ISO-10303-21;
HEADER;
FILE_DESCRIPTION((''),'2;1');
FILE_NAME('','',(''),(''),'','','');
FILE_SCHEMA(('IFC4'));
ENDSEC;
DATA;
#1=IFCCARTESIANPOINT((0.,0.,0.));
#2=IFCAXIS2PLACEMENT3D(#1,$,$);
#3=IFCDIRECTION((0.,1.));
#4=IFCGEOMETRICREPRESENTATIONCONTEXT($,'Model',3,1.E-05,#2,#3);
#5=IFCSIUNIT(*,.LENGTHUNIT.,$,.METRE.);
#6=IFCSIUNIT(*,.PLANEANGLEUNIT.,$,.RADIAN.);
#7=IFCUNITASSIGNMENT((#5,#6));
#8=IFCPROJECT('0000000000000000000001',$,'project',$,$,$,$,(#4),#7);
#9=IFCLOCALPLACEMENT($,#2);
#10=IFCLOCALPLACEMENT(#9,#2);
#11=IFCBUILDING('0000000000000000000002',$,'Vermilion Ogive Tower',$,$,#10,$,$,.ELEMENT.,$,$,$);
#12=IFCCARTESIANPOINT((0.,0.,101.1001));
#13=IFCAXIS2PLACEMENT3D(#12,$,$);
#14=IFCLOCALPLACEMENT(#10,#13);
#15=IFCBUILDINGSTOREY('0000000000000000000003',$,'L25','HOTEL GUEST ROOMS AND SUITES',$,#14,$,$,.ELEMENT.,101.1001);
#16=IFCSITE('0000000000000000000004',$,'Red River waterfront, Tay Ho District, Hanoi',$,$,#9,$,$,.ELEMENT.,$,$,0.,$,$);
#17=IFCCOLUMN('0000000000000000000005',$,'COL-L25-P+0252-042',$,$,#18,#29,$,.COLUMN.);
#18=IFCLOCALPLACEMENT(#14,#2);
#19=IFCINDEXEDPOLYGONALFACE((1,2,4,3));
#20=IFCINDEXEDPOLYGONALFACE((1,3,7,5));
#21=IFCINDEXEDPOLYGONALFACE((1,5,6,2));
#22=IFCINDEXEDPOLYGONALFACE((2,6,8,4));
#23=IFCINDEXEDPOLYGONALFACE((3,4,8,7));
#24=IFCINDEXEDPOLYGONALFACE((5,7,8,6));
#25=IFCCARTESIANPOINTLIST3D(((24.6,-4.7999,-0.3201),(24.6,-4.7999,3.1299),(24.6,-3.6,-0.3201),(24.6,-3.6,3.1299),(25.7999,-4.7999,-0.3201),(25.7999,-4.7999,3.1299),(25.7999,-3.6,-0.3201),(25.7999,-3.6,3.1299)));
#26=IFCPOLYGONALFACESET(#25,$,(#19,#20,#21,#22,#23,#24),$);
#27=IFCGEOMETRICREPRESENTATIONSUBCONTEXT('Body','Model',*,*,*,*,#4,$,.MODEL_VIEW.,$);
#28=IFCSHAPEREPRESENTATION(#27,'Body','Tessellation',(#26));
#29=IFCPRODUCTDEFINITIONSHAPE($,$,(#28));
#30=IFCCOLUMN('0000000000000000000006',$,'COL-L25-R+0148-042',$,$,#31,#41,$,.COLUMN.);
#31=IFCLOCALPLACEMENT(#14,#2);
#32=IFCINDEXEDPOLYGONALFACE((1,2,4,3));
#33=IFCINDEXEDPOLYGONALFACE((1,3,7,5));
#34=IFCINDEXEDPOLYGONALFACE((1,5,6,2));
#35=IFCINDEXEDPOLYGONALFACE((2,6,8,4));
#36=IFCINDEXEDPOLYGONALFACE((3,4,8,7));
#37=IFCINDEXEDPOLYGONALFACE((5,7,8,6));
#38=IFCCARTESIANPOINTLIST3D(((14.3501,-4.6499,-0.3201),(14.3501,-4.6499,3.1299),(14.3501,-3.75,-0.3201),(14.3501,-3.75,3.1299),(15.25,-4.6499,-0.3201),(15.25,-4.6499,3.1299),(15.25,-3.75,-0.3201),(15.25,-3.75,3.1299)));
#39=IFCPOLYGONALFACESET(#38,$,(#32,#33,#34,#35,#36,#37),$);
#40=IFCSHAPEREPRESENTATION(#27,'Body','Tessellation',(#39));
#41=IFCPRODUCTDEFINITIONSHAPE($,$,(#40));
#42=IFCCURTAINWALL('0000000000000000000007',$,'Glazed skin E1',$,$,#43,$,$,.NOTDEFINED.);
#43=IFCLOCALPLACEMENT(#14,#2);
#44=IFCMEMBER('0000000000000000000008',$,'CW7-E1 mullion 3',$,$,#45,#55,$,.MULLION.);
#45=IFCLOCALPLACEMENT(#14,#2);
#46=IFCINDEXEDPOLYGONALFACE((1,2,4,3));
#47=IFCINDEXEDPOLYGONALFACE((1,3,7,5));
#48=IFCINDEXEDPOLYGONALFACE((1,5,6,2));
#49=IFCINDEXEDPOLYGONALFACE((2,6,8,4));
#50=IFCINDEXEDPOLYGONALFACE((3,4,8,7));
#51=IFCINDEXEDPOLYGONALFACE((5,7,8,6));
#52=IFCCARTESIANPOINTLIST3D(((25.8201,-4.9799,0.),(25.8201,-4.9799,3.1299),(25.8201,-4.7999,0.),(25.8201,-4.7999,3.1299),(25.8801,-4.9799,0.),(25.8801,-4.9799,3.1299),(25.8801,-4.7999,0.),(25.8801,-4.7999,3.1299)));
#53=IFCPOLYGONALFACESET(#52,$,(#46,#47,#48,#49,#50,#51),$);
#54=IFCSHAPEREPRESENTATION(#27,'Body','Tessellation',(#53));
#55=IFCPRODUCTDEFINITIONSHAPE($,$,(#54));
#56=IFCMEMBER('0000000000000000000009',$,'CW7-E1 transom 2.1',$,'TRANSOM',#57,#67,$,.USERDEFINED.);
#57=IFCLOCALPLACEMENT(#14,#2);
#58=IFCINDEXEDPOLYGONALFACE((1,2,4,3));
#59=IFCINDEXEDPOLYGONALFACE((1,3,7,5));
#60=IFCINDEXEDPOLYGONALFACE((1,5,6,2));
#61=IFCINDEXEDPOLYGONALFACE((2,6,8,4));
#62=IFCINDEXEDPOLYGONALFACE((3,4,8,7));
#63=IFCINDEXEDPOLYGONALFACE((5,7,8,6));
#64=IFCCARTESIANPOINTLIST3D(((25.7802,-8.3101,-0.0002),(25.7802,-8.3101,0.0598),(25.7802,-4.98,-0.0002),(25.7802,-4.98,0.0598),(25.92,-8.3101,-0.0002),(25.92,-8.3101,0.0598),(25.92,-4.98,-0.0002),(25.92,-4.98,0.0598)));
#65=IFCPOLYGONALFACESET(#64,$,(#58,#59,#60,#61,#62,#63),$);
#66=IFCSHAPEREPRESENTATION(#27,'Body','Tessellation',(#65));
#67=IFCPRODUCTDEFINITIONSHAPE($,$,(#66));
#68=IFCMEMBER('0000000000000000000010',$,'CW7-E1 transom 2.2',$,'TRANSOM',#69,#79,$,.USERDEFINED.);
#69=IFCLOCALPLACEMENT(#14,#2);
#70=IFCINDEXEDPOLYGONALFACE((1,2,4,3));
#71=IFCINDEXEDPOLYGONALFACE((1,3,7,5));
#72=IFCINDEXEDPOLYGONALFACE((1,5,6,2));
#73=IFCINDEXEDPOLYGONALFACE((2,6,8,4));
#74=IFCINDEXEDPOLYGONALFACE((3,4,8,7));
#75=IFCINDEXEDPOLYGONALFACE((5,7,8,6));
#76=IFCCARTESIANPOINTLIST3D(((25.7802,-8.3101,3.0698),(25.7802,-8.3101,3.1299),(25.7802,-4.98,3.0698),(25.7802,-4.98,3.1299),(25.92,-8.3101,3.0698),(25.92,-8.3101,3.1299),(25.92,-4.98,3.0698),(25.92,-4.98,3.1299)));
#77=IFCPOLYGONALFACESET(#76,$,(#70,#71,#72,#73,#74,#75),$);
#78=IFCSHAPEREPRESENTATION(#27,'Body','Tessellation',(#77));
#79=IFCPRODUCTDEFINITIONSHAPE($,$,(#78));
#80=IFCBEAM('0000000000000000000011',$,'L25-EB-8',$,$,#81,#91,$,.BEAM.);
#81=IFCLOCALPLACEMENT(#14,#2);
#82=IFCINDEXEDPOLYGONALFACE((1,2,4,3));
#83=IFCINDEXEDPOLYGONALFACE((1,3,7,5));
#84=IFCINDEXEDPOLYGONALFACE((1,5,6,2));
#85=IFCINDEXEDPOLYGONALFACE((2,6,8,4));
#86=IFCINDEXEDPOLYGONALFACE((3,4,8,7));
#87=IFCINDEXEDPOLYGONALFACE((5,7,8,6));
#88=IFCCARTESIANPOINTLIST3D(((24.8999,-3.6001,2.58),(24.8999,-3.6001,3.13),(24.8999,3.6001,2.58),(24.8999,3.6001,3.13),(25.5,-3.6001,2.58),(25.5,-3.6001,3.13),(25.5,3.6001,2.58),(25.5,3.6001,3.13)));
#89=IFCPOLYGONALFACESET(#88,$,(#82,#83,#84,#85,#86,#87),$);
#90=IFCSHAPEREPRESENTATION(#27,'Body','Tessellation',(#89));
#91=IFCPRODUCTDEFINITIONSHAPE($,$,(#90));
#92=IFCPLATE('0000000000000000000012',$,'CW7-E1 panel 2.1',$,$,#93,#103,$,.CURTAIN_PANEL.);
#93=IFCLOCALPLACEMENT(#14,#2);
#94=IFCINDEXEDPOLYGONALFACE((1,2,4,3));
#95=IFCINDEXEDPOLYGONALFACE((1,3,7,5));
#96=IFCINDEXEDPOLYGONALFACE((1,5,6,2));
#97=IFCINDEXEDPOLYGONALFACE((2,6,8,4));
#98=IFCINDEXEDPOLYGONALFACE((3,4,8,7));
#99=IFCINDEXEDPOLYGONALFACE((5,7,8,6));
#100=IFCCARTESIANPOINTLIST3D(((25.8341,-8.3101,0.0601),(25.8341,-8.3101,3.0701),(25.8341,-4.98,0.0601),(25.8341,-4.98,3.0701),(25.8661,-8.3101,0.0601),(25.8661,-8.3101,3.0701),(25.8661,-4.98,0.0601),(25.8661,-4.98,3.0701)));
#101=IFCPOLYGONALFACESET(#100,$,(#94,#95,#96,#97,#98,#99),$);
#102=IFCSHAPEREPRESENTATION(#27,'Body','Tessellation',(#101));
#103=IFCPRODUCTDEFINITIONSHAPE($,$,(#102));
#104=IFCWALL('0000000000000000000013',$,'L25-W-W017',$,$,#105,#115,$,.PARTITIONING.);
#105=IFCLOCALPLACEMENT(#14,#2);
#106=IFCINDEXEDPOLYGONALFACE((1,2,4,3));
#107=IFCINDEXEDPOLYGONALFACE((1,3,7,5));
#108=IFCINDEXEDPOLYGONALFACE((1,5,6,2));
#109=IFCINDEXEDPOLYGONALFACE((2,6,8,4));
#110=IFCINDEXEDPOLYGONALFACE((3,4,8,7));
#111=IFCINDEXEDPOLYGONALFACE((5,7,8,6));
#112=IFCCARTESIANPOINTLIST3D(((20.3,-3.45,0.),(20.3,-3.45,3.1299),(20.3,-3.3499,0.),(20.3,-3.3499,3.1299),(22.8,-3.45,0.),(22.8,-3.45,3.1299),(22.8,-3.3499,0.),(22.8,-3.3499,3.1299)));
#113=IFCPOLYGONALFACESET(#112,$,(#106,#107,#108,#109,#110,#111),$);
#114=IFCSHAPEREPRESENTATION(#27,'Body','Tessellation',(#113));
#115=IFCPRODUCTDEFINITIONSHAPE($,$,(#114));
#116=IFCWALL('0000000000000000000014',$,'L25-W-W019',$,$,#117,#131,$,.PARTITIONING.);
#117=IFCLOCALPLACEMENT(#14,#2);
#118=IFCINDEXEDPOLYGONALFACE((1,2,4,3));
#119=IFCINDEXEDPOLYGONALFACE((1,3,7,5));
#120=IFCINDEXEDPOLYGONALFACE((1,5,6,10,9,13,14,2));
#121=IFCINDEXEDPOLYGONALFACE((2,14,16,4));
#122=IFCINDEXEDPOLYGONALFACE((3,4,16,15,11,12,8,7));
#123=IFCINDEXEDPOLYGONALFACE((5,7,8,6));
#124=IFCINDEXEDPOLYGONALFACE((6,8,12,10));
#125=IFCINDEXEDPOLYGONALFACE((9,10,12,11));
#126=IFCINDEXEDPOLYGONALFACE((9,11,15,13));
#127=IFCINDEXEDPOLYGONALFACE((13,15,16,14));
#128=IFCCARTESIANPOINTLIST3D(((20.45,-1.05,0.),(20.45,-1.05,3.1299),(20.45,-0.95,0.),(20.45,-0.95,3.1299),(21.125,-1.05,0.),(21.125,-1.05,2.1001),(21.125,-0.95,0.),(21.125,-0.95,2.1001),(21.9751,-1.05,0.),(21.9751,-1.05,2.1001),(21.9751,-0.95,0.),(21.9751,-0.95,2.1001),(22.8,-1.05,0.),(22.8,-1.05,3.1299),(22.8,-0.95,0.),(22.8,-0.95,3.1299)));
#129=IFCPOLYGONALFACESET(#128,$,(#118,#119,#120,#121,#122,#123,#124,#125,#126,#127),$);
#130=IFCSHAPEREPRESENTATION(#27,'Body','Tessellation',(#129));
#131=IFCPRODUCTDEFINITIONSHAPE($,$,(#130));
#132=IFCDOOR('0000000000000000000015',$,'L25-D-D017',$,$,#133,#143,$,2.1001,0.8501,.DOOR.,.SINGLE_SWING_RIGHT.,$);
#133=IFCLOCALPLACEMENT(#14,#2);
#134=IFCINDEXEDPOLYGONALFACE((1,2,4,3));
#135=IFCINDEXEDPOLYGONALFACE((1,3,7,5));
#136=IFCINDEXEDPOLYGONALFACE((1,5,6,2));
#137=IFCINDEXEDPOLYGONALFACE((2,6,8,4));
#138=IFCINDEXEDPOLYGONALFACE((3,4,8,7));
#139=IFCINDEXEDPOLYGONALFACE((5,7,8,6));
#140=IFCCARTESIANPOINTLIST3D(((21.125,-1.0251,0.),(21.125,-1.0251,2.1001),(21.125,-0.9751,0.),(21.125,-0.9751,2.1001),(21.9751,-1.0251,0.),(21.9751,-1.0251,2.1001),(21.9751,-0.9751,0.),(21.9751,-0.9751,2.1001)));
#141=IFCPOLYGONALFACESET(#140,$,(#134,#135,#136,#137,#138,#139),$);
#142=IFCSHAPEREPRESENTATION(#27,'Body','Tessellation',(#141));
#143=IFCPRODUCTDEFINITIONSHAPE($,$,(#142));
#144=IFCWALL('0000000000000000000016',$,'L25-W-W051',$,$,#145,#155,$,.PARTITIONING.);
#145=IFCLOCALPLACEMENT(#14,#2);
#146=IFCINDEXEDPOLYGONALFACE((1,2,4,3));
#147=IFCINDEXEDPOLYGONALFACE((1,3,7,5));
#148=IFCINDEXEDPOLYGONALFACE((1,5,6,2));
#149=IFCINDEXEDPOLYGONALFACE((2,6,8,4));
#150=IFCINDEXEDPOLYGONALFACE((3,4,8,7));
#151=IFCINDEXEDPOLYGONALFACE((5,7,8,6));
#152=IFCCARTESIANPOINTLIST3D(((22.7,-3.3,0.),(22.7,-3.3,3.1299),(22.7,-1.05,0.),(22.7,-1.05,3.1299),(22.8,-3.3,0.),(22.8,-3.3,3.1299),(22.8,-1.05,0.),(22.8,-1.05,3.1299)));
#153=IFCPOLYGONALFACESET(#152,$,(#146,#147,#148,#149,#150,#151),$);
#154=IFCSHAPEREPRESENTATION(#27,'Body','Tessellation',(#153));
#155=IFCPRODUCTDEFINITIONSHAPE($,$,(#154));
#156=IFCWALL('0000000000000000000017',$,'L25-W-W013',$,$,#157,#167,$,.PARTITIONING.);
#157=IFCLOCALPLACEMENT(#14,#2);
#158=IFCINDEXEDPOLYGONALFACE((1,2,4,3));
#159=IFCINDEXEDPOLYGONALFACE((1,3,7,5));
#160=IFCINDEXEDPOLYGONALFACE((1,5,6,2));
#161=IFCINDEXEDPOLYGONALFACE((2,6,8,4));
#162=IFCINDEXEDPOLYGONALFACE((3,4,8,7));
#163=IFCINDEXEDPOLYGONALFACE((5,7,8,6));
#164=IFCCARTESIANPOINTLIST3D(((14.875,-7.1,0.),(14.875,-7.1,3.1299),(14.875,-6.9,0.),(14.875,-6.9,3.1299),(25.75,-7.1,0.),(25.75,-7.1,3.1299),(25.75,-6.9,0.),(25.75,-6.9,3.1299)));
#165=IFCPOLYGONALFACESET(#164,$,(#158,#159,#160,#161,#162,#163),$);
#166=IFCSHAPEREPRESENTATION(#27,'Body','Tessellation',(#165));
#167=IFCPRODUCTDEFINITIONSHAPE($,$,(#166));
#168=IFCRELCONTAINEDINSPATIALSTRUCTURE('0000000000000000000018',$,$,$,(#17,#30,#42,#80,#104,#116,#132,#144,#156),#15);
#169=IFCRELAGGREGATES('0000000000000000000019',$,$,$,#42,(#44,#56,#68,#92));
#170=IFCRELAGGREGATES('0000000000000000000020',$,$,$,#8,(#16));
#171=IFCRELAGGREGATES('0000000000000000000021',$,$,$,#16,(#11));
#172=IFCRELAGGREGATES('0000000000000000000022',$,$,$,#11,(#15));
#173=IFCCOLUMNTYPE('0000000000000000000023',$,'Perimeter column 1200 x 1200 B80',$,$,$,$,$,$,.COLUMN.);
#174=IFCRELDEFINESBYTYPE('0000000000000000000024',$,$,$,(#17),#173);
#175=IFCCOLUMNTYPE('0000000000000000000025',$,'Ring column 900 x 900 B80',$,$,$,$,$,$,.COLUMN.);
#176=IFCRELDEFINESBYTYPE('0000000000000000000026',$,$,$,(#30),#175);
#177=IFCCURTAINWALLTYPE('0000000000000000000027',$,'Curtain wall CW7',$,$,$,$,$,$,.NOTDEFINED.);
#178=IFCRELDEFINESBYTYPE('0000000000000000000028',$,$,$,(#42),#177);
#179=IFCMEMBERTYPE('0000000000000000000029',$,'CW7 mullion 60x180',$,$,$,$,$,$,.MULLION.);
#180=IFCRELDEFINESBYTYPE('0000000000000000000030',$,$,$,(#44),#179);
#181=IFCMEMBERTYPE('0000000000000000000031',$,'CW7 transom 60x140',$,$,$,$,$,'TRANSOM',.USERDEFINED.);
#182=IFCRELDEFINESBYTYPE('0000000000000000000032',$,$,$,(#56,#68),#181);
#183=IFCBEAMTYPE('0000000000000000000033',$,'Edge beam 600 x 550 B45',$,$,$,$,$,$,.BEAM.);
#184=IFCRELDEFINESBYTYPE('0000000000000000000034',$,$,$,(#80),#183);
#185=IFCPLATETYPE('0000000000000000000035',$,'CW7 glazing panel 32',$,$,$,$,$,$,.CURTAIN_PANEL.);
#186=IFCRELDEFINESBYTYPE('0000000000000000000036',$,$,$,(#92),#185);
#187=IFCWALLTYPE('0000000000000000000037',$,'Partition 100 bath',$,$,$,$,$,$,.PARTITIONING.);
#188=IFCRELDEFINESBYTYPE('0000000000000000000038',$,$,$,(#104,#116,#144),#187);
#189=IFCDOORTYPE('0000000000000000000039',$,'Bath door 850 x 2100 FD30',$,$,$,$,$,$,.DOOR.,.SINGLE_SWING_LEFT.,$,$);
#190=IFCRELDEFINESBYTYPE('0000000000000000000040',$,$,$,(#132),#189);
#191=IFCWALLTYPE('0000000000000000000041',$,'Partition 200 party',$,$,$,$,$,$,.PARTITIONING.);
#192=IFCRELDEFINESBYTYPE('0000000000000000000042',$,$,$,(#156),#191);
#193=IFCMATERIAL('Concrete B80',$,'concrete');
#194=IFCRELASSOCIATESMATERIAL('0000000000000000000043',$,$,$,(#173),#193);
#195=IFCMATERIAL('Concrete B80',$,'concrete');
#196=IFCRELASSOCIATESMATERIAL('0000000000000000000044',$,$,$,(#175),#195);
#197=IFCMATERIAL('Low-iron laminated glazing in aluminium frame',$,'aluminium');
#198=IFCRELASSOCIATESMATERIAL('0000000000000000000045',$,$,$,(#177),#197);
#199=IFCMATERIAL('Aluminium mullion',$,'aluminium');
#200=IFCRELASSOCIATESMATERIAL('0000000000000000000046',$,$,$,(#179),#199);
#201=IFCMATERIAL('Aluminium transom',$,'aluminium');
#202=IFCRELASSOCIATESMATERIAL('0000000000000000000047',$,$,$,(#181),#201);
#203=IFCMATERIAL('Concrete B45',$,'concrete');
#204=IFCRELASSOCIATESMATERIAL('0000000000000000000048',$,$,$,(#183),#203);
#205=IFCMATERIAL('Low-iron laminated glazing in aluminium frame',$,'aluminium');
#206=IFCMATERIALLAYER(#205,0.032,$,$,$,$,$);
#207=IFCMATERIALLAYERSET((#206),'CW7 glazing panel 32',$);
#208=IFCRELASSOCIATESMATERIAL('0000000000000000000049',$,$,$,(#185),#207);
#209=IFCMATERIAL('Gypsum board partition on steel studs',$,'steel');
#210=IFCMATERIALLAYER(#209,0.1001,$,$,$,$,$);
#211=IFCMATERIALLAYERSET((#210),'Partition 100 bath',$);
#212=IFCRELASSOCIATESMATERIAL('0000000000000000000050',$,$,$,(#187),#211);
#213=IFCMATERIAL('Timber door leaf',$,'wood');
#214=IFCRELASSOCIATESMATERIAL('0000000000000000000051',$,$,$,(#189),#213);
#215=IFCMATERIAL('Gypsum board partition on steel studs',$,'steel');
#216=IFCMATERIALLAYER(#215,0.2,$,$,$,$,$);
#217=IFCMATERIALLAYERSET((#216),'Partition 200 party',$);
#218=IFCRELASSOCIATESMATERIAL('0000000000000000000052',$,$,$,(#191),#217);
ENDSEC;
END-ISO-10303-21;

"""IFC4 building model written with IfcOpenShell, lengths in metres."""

from ifc_helpers import new_model, si_unit, direction, frame, frame_2d, origin, origin_2d, place, context, subcontext, project, spatial, rectangle, extrude, material, layer, layer_set, material_profile, profile_set, type_object, element, fill, aggregate, save


model = new_model("IFC4")

# Units and contexts
model_context = context("Model", 3, precision=1e-05, world=origin(), true_north=direction((0.0, 1.0)))
body_context = subcontext(model_context, "Body", "Model", "MODEL_VIEW")
ifc_project = project(units=[si_unit("LENGTHUNIT", "METRE"), si_unit("PLANEANGLEUNIT", "RADIAN")], contexts=[model_context])

# Site, building, storey
site_placement = place(None, origin())
site = spatial("IfcSite", under=ifc_project, at=site_placement, Name="Red River waterfront, Tay Ho District, Hanoi", CompositionType="ELEMENT", RefElevation=0.0)
building_placement = place(site_placement, origin())
building = spatial("IfcBuilding", under=site, at=building_placement, Name="Vermilion Ogive Tower", CompositionType="ELEMENT")
storey_placement = place(building_placement, frame((0.0, 0.0, 101.1001)))
storey = spatial("IfcBuildingStorey", under=building, at=storey_placement, Name="L25", Description="HOTEL GUEST ROOMS AND SUITES", CompositionType="ELEMENT", Elevation=101.1001)

# Columns
ifc_material_1 = material(Name="Concrete B80", Category="concrete")
ifc_material_profile_1 = material_profile(ifc_material_1, rectangle(XDim=1.2, YDim=1.2, at=origin_2d()), Name="1200 x 1200")
ifc_profile_set_1 = profile_set([ifc_material_profile_1], Name="Concrete B80")
column_type_1 = type_object("IfcColumnType", Name="Perimeter column 1200 x 1200 B80", PredefinedType="COLUMN", material=ifc_profile_set_1)
column_1_placement = place(storey_placement, frame((25.2, -4.2, -0.3201), z_axis=(0.0, 0.0, 1.0), x_axis=(1.0, 0.0, 0.0)))
element("IfcColumn", 1, at=column_1_placement, inside=storey, type_object=column_type_1, Name="COL-L25-P+0252-042", PredefinedType="COLUMN", context=body_context, shape_type="SweptSolid", body=[
    extrude(rectangle(XDim=1.2, YDim=1.2, at=origin_2d()), origin(), (0.0, 0.0, 1.0), 3.45),
])
ifc_material_2 = material(Name="Concrete B80", Category="concrete")
ifc_material_profile_2 = material_profile(ifc_material_2, rectangle(XDim=0.8999, YDim=0.8999, at=origin_2d()), Name="900 x 900")
ifc_profile_set_2 = profile_set([ifc_material_profile_2], Name="Concrete B80")
column_type_2 = type_object("IfcColumnType", Name="Ring column 900 x 900 B80", PredefinedType="COLUMN", material=ifc_profile_set_2)
column_2_placement = place(storey_placement, frame((14.8, -4.2, -0.3201), z_axis=(0.0, 0.0, 1.0), x_axis=(1.0, 0.0, 0.0)))
element("IfcColumn", 2, at=column_2_placement, inside=storey, type_object=column_type_2, Name="COL-L25-R+0148-042", PredefinedType="COLUMN", context=body_context, shape_type="SweptSolid", body=[
    extrude(rectangle(XDim=0.8999, YDim=0.8999, at=origin_2d()), origin(), (0.0, 0.0, 1.0), 3.45),
])

# Curtain wall, members
ifc_material_3 = material(Name="Low-iron laminated glazing in aluminium frame", Category="aluminium")
curtain_wall_type = type_object("IfcCurtainWallType", Name="Curtain wall CW7", PredefinedType="NOTDEFINED", material=ifc_material_3)
curtain_wall_placement = place(storey_placement, origin())
curtain_wall = element("IfcCurtainWall", 3, at=curtain_wall_placement, inside=storey, type_object=curtain_wall_type, Name="Glazed skin E1", PredefinedType="NOTDEFINED")
ifc_material_4 = material(Name="Aluminium mullion", Category="aluminium")
ifc_material_profile_3 = material_profile(ifc_material_4, rectangle(XDim=0.0601, YDim=0.1799, at=origin_2d()), Name="AL 60x180")
ifc_profile_set_3 = profile_set([ifc_material_profile_3], Name="Aluminium mullion")
member_type_1 = type_object("IfcMemberType", Name="CW7 mullion 60x180", PredefinedType="MULLION", material=ifc_profile_set_3)
member_1_placement = place(storey_placement, frame((25.8501, -4.8899, 0.0), z_axis=(0.0, 0.0, 1.0), x_axis=(-1.0, 0.0, 0.0)))
member_1 = element("IfcMember", 4, at=member_1_placement, type_object=member_type_1, Name="CW7-E1 mullion 3", PredefinedType="MULLION", context=body_context, shape_type="SweptSolid", body=[
    extrude(rectangle(XDim=0.0601, YDim=0.1799, at=origin_2d()), origin(), (0.0, 0.0, 1.0), 3.1299),
])
ifc_material_5 = material(Name="Aluminium transom", Category="aluminium")
ifc_material_profile_4 = material_profile(ifc_material_5, rectangle(XDim=0.1399, YDim=0.0601, at=origin_2d()), Name="AL 60x140")
ifc_profile_set_4 = profile_set([ifc_material_profile_4], Name="Aluminium transom")
member_type_2 = type_object("IfcMemberType", Name="CW7 transom 60x140", ElementType="TRANSOM", PredefinedType="USERDEFINED", material=ifc_profile_set_4)
member_2_placement = place(storey_placement, frame((25.8501, -8.3101, 0.0298), z_axis=(0.0, 1.0, 0.0), x_axis=(-1.0, 0.0, 0.0)))
member_2 = element("IfcMember", 5, at=member_2_placement, type_object=member_type_2, Name="CW7-E1 transom 2.1", ObjectType="TRANSOM", PredefinedType="USERDEFINED", context=body_context, shape_type="SweptSolid", body=[
    extrude(rectangle(XDim=0.1399, YDim=0.0601, at=origin_2d()), origin(), (0.0, 0.0, 1.0), 3.3301),
])
member_3_placement = place(storey_placement, frame((25.8501, -8.3101, 3.0999), z_axis=(0.0, 1.0, 0.0), x_axis=(-1.0, 0.0, 0.0)))
member_3 = element("IfcMember", 6, at=member_3_placement, type_object=member_type_2, Name="CW7-E1 transom 2.2", ObjectType="TRANSOM", PredefinedType="USERDEFINED", context=body_context, shape_type="SweptSolid", body=[
    extrude(rectangle(XDim=0.1399, YDim=0.0601, at=origin_2d()), origin(), (0.0, 0.0, 1.0), 3.3301),
])

# Beam
ifc_material_6 = material(Name="Concrete B45", Category="concrete")
ifc_material_profile_5 = material_profile(ifc_material_6, rectangle(XDim=0.6001, YDim=0.55, at=origin_2d()), Name="600 x 550")
ifc_profile_set_5 = profile_set([ifc_material_profile_5], Name="Concrete B45")
beam_type = type_object("IfcBeamType", Name="Edge beam 600 x 550 B45", PredefinedType="BEAM", material=ifc_profile_set_5)
beam_placement = place(storey_placement, frame((25.2, -3.6001, 2.855), z_axis=(0.0, 1.0, 0.0), x_axis=(-1.0, 0.0, 0.0)))
element("IfcBeam", 7, at=beam_placement, inside=storey, type_object=beam_type, Name="L25-EB-8", PredefinedType="BEAM", context=body_context, shape_type="SweptSolid", body=[
    extrude(rectangle(XDim=0.6001, YDim=0.55, at=origin_2d()), origin(), (0.0, 0.0, 1.0), 7.2002),
])

# Plate
ifc_material_7 = material(Name="Low-iron laminated glazing in aluminium frame", Category="aluminium")
ifc_layer_1 = layer(ifc_material_7, 0.032)
ifc_layer_set_1 = layer_set([ifc_layer_1], Name="CW7 glazing panel 32")
plate_type = type_object("IfcPlateType", Name="CW7 glazing panel 32", PredefinedType="CURTAIN_PANEL", material=ifc_layer_set_1)
plate_placement = place(storey_placement, frame((25.8501, -6.645, 0.0601), z_axis=(0.0, 0.0, 1.0), x_axis=(0.0, 1.0, 0.0)))
plate = element("IfcPlate", 8, at=plate_placement, type_object=plate_type, Name="CW7-E1 panel 2.1", PredefinedType="CURTAIN_PANEL", context=body_context, shape_type="SweptSolid", body=[
    extrude(rectangle(XDim=3.3301, YDim=0.032, at=origin_2d()), origin(), (0.0, 0.0, 1.0), 3.01),
])
aggregate(curtain_wall, [member_1, member_2, member_3, plate])

# Wall
ifc_material_8 = material(Name="Gypsum board partition on steel studs", Category="steel")
ifc_layer_2 = layer(ifc_material_8, 0.1001)
ifc_layer_set_2 = layer_set([ifc_layer_2], Name="Partition 100 bath")
wall_type_1 = type_object("IfcWallType", Name="Partition 100 bath", PredefinedType="PARTITIONING", material=ifc_layer_set_2)
wall_1_placement = place(storey_placement, frame((20.3, -3.3999, 0.0), z_axis=(0.0, 0.0, 1.0), x_axis=(1.0, 0.0, 0.0)))
element("IfcWall", 9, at=wall_1_placement, inside=storey, type_object=wall_type_1, Name="L25-W-W017", PredefinedType="PARTITIONING", context=body_context, shape_type="SweptSolid", body=[
    extrude(rectangle(XDim=2.5, YDim=0.1001, at=frame_2d((1.25, 0.0))), origin(), (0.0, 0.0, 1.0), 3.1299),
])

# Wall, opening, door
wall_2_placement = place(storey_placement, frame((20.45, -1.0, 0.0), z_axis=(0.0, 0.0, 1.0), x_axis=(1.0, 0.0, 0.0)))
wall_2 = element("IfcWall", 10, at=wall_2_placement, inside=storey, type_object=wall_type_1, Name="L25-W-W019", PredefinedType="PARTITIONING", context=body_context, shape_type="SweptSolid", body=[
    extrude(rectangle(XDim=2.3501, YDim=0.1001, at=frame_2d((1.175, 0.0))), origin(), (0.0, 0.0, 1.0), 3.1299),
])
opening_1_placement = place(wall_2_placement, frame((0.675, 0.0, 0.0)))
opening_1 = element("IfcOpeningElement", 11, at=opening_1_placement, cuts=wall_2, PredefinedType="OPENING", context=body_context, shape_type="SweptSolid", body=[
    extrude(rectangle(XDim=0.8501, YDim=2.1001, at=frame_2d((0.425, 1.05))), frame((0.0, 0.0601, 0.0), z_axis=(0.0, -1.0, 0.0), x_axis=(1.0, 0.0, 0.0)), (0.0, 0.0, 1.0), 0.1201),
])
ifc_material_9 = material(Name="Timber door leaf", Category="wood")
door_type_1 = type_object("IfcDoorType", Name="Bath door 850 x 2100 FD30", OperationType="SINGLE_SWING_LEFT", PredefinedType="DOOR", material=ifc_material_9)
door_1_placement = place(opening_1_placement, origin())
door_1 = element("IfcDoor", 12, at=door_1_placement, inside=storey, type_object=door_type_1, Name="L25-D-D017", OperationType="SINGLE_SWING_RIGHT", OverallHeight=2.1001, OverallWidth=0.8501, PredefinedType="DOOR", context=body_context, shape_type="SweptSolid", body=[
    extrude(rectangle(XDim=0.8501, YDim=2.1001, at=frame_2d((0.425, 1.05))), frame((0.0, 0.0249, 0.0), z_axis=(0.0, -1.0, 0.0), x_axis=(1.0, 0.0, 0.0)), (0.0, 0.0, 1.0), 0.05),
])
fill(opening_1, door_1)

# Walls
wall_3_placement = place(storey_placement, frame((22.75, -3.3, 0.0), z_axis=(0.0, 0.0, 1.0), x_axis=(0.0, 1.0, 0.0)))
element("IfcWall", 13, at=wall_3_placement, inside=storey, type_object=wall_type_1, Name="L25-W-W051", PredefinedType="PARTITIONING", context=body_context, shape_type="SweptSolid", body=[
    extrude(rectangle(XDim=2.25, YDim=0.1001, at=frame_2d((1.125, 0.0))), origin(), (0.0, 0.0, 1.0), 3.1299),
])
ifc_material_10 = material(Name="Gypsum board partition on steel studs", Category="steel")
ifc_layer_3 = layer(ifc_material_10, 0.2)
ifc_layer_set_3 = layer_set([ifc_layer_3], Name="Partition 200 party")
wall_type_2 = type_object("IfcWallType", Name="Partition 200 party", PredefinedType="PARTITIONING", material=ifc_layer_set_3)
wall_4_placement = place(storey_placement, frame((14.875, -7.0, 0.0), z_axis=(0.0, 0.0, 1.0), x_axis=(1.0, 0.0, 0.0)))
element("IfcWall", 14, at=wall_4_placement, inside=storey, type_object=wall_type_2, Name="L25-W-W013", PredefinedType="PARTITIONING", context=body_context, shape_type="SweptSolid", body=[
    extrude(rectangle(XDim=10.875, YDim=0.2, at=frame_2d((5.4375, 0.0))), origin(), (0.0, 0.0, 1.0), 3.1299),
])

save(model, "model.ifc")
